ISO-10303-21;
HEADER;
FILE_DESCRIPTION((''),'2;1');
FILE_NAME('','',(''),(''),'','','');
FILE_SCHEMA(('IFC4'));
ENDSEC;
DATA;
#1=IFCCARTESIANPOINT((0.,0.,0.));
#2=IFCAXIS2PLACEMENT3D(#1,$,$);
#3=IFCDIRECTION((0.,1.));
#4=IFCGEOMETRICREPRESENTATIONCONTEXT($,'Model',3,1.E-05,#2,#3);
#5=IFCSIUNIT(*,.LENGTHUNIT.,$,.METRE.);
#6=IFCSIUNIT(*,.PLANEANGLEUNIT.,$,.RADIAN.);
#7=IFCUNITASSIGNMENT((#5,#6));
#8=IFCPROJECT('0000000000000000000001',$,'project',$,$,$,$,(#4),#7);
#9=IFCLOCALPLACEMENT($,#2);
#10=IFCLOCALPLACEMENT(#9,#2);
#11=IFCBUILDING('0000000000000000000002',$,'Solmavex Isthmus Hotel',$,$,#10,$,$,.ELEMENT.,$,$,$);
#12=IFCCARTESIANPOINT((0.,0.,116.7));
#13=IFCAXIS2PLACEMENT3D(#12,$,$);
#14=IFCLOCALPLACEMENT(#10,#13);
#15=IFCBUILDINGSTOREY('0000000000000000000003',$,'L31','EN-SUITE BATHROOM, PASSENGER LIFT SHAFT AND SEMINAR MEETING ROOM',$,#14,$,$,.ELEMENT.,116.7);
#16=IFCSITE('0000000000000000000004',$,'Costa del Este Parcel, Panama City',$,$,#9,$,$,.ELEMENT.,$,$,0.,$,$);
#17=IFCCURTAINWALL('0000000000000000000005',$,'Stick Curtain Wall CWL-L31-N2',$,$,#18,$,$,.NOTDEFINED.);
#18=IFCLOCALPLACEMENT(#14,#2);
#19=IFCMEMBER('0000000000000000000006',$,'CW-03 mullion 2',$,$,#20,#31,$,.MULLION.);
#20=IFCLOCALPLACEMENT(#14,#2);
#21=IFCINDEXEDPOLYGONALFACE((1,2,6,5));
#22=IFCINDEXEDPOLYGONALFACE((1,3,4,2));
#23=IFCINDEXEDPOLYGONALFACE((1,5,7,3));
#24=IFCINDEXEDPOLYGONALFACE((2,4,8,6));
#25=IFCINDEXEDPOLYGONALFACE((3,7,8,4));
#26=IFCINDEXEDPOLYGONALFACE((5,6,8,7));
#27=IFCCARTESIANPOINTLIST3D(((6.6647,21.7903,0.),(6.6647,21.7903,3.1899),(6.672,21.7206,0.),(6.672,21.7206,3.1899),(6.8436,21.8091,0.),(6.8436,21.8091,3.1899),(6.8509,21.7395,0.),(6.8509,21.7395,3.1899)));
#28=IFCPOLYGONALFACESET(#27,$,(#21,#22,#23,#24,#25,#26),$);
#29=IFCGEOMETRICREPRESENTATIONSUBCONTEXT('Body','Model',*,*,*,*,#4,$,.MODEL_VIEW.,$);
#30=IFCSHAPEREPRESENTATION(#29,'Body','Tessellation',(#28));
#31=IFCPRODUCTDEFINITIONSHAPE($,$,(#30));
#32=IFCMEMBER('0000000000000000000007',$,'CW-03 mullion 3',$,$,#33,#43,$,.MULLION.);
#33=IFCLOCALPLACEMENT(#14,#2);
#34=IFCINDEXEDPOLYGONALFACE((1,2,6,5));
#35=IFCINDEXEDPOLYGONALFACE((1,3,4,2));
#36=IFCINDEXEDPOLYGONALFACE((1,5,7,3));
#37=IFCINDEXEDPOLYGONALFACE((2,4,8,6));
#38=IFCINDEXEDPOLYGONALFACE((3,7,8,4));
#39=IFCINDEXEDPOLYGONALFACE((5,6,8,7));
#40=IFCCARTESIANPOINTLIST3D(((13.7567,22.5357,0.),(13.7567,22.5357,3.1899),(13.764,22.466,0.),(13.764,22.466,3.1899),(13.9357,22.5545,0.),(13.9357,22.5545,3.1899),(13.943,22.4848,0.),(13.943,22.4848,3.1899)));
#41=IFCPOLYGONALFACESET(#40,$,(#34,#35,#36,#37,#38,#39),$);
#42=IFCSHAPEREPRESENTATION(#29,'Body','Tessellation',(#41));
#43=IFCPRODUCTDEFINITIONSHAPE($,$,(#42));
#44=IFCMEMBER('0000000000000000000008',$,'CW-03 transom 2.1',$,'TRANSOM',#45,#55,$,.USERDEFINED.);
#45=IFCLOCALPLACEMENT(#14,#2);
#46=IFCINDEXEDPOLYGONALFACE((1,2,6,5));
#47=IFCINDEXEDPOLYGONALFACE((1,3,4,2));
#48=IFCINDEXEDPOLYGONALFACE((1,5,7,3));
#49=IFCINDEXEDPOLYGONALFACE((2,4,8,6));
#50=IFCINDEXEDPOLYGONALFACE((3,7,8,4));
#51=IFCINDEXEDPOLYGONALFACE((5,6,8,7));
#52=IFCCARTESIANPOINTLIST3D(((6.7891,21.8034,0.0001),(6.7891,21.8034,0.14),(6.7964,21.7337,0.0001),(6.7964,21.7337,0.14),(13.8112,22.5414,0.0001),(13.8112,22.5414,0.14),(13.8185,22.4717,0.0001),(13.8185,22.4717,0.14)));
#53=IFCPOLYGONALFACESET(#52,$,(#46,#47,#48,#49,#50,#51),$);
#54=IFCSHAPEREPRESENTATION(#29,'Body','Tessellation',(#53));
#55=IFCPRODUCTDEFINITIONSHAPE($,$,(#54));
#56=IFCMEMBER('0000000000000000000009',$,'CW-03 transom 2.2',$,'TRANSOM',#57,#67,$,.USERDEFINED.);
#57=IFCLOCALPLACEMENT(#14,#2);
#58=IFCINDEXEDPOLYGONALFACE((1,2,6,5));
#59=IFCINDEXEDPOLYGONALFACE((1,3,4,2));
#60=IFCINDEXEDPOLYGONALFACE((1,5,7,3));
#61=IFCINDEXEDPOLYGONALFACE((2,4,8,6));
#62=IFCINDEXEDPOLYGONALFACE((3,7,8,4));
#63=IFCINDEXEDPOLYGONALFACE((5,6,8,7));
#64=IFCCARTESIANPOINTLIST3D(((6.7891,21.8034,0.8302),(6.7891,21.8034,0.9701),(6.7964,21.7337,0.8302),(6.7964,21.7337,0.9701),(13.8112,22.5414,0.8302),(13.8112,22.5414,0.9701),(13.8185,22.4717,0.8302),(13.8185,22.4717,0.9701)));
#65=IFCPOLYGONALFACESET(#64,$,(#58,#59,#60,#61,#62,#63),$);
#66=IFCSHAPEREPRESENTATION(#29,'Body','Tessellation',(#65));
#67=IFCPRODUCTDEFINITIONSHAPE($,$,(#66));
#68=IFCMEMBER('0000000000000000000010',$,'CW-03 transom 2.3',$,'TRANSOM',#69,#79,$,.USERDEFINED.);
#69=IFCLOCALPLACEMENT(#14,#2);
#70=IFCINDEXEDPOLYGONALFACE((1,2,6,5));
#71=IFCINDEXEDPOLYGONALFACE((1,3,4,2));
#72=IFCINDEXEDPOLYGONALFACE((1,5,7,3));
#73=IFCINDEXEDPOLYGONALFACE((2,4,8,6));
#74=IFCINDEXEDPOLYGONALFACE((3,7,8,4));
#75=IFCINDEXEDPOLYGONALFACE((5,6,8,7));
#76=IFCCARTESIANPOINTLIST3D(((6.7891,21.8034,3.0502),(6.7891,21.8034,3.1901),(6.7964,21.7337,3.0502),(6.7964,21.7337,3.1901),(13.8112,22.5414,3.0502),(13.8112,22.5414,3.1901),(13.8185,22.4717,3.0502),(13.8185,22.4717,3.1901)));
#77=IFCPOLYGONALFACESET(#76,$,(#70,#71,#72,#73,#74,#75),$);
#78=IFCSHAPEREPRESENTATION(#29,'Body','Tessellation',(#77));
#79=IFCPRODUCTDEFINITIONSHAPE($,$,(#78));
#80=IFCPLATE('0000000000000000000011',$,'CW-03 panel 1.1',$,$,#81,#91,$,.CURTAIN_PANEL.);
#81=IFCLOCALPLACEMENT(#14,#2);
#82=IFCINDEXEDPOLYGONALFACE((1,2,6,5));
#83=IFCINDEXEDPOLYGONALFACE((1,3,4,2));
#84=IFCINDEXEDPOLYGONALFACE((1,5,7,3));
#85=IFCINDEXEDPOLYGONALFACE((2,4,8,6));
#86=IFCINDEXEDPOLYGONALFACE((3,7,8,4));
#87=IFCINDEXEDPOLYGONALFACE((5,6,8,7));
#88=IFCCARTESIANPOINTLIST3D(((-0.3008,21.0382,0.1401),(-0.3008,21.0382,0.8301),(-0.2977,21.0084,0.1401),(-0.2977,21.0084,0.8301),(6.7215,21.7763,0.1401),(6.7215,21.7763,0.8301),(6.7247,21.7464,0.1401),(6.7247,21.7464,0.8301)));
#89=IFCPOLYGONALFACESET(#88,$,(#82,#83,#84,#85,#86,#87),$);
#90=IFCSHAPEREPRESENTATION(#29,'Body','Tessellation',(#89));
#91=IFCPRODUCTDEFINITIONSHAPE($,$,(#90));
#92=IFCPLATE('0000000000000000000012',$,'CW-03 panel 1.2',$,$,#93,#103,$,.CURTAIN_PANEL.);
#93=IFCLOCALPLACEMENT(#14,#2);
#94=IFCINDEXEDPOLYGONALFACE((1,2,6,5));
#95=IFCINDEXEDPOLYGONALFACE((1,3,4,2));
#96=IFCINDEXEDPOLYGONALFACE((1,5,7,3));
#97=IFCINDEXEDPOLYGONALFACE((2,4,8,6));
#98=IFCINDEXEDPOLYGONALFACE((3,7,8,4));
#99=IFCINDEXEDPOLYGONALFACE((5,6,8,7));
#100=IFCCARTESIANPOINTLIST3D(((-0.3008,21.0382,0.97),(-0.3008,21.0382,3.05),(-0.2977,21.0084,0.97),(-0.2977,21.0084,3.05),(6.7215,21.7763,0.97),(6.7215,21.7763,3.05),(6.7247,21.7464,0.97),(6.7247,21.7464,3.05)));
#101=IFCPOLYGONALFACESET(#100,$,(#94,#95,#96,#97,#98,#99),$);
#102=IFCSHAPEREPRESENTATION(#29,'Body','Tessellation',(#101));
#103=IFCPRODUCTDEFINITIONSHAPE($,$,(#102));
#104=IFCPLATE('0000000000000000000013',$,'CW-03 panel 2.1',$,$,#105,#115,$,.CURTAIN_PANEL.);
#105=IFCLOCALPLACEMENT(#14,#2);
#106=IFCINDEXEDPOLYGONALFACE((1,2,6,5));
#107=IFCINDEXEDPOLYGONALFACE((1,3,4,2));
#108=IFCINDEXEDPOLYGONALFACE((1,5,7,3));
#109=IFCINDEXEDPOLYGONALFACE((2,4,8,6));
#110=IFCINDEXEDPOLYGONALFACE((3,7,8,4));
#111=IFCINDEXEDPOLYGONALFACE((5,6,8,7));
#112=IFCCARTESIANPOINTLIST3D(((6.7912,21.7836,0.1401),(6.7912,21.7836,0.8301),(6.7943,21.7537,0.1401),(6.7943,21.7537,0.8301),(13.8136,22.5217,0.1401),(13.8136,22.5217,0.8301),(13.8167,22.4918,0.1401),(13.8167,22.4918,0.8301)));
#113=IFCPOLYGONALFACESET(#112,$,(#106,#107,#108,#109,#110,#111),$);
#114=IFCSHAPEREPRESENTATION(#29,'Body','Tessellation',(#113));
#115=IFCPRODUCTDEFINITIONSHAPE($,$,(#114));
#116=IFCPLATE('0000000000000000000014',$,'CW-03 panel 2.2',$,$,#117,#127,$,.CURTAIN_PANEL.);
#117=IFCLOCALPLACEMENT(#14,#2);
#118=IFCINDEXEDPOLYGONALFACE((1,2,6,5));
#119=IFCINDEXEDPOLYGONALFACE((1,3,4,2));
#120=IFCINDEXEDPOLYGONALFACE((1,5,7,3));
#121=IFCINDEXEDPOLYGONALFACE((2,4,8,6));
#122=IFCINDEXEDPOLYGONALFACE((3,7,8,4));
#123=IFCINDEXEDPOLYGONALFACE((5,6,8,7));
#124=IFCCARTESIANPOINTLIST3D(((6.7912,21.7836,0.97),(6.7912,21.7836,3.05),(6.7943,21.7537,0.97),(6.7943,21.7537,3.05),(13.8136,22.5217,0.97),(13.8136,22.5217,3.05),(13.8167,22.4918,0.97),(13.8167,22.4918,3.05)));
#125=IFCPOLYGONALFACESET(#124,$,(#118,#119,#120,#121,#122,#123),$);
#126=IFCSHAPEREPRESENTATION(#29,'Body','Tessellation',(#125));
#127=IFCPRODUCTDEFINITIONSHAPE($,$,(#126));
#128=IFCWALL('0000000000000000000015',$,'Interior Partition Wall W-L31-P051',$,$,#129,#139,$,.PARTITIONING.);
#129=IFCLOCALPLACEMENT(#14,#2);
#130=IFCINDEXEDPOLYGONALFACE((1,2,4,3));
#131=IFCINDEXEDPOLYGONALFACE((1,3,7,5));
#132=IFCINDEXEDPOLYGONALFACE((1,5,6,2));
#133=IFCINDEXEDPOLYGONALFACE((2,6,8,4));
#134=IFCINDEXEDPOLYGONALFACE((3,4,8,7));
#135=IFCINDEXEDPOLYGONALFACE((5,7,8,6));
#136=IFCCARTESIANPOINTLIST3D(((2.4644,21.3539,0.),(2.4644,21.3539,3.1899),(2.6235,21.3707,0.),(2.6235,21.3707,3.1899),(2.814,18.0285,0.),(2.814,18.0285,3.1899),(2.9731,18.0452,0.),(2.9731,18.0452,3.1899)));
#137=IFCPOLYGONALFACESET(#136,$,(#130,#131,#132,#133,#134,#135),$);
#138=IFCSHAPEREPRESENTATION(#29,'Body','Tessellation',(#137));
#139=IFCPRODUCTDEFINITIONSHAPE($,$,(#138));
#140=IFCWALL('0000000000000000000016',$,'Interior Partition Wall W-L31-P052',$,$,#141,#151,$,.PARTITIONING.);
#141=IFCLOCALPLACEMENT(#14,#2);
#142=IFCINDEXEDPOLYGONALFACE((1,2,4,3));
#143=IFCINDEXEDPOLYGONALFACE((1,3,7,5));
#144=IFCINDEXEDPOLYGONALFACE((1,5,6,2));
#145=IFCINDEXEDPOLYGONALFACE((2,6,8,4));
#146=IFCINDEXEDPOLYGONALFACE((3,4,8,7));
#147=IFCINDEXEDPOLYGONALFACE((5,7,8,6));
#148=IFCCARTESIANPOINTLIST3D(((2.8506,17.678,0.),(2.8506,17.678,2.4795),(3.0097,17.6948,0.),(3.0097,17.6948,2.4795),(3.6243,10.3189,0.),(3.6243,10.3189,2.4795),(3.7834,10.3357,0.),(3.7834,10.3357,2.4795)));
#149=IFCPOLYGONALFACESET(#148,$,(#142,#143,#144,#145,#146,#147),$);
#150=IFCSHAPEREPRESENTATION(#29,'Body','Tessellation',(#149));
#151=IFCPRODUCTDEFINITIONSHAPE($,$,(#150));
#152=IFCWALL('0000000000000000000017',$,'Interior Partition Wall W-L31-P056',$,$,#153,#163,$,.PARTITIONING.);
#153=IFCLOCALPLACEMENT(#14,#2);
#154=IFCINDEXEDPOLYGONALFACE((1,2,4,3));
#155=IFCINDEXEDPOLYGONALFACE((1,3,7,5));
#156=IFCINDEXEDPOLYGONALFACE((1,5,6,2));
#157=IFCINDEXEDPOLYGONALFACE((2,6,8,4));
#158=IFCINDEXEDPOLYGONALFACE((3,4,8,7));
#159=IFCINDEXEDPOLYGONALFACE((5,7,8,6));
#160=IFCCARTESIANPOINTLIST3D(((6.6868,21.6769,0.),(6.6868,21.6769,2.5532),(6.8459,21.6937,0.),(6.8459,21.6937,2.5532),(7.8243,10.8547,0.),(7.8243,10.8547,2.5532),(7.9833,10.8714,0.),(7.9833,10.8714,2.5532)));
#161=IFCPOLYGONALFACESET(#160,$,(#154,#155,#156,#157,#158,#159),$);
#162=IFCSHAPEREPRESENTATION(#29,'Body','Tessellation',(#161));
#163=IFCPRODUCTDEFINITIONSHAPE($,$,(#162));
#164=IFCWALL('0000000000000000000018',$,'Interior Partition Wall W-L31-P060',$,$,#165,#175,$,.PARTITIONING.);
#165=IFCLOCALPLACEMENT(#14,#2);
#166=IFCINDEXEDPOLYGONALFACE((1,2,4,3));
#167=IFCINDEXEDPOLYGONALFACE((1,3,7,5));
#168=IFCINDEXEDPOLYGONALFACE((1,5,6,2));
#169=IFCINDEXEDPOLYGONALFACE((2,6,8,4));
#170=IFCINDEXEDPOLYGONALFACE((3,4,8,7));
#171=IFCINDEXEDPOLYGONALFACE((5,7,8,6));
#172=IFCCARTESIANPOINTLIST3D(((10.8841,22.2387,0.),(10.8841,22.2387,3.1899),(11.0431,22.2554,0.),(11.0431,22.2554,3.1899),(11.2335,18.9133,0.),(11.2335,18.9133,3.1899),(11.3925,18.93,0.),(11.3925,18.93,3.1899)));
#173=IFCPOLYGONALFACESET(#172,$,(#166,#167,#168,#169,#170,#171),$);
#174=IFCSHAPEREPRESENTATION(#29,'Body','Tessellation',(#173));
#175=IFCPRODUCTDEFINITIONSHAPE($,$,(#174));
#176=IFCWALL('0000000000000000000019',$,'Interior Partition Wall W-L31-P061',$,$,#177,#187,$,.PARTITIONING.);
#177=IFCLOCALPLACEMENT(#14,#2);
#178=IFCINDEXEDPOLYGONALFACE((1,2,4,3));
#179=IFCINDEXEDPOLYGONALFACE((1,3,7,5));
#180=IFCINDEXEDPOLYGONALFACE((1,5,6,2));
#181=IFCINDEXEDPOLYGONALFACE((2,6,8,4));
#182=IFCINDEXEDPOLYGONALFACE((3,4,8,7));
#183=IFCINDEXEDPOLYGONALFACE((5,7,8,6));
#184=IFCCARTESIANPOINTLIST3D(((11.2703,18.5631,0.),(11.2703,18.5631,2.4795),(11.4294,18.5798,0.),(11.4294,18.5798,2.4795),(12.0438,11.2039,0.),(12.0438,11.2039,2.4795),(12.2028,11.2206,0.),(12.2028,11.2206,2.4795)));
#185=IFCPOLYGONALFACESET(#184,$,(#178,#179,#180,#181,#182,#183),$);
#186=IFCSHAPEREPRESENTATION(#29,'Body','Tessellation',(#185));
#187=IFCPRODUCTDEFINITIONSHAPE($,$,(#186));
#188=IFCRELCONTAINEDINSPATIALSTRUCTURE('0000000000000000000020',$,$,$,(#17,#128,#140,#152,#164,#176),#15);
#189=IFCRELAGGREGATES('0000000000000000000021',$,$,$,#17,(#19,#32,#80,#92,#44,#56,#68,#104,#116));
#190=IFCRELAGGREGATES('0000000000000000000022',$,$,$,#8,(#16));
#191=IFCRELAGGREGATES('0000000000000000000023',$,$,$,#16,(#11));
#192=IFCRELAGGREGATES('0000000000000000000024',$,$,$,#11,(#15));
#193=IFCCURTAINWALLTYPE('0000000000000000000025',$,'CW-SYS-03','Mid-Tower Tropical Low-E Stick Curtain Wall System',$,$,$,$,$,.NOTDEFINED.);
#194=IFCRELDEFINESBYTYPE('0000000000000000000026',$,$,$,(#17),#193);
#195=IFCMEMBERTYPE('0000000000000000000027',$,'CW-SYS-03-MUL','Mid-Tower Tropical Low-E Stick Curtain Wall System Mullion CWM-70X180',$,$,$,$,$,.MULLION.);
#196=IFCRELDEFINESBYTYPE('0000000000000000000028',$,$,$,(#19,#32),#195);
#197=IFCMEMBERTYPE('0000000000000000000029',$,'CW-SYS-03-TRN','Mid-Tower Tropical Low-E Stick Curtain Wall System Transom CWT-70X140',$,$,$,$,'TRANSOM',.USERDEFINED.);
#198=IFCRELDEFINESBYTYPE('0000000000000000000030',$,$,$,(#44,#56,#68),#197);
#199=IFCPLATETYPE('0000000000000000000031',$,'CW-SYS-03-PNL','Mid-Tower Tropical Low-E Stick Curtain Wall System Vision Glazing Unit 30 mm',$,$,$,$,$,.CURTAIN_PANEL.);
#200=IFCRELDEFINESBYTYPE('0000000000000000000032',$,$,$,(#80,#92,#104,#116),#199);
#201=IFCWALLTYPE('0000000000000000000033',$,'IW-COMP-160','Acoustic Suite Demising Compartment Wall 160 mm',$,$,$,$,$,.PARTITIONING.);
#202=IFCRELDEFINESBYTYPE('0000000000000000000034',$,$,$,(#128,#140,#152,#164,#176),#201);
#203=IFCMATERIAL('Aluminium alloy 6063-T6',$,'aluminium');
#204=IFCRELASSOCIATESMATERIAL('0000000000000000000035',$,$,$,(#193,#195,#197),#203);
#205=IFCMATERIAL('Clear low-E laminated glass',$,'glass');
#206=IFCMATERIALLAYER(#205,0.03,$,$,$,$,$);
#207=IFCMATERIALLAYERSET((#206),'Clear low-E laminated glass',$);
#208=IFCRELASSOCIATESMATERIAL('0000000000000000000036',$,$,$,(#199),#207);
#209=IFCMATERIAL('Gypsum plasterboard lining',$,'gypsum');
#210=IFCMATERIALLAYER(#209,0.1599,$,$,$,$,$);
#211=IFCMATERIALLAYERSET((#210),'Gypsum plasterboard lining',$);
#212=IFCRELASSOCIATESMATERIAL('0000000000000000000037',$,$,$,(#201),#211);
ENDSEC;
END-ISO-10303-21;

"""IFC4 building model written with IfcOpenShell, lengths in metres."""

from ifc_helpers import new_model, si_unit, direction, frame, frame_2d, origin, origin_2d, place, context, subcontext, project, spatial, rectangle, extrude, material, layer, layer_set, material_profile, profile_set, type_object, element, aggregate, save


model = new_model("IFC4")

# Units and contexts
model_context = context("Model", 3, precision=1e-05, world=origin(), true_north=direction((0.0, 1.0)))
body_context = subcontext(model_context, "Body", "Model", "MODEL_VIEW")
ifc_project = project(units=[si_unit("LENGTHUNIT", "METRE"), si_unit("PLANEANGLEUNIT", "RADIAN")], contexts=[model_context])

# Site, building, storey
site_placement = place(None, origin())
site = spatial("IfcSite", under=ifc_project, at=site_placement, Name="Costa del Este Parcel, Panama City", CompositionType="ELEMENT", RefElevation=0.0)
building_placement = place(site_placement, origin())
building = spatial("IfcBuilding", under=site, at=building_placement, Name="Solmavex Isthmus Hotel", CompositionType="ELEMENT")
storey_placement = place(building_placement, frame((0.0, 0.0, 116.7)))
storey = spatial("IfcBuildingStorey", under=building, at=storey_placement, Name="L31", Description="EN-SUITE BATHROOM, PASSENGER LIFT SHAFT AND SEMINAR MEETING ROOM", CompositionType="ELEMENT", Elevation=116.7)

# Curtain wall, members, plates
ifc_material_1 = material(Name="Aluminium alloy 6063-T6", Category="aluminium")
curtain_wall_type = type_object("IfcCurtainWallType", Name="CW-SYS-03", Description="Mid-Tower Tropical Low-E Stick Curtain Wall System", PredefinedType="NOTDEFINED", material=ifc_material_1)
curtain_wall_placement = place(storey_placement, origin())
curtain_wall = element("IfcCurtainWall", 1, at=curtain_wall_placement, inside=storey, type_object=curtain_wall_type, Name="Stick Curtain Wall CWL-L31-N2", PredefinedType="NOTDEFINED")
ifc_material_profile_1 = material_profile(ifc_material_1, rectangle(XDim=0.0701, YDim=0.1799, at=origin_2d()), Name="CWM-70X180")
ifc_profile_set_1 = profile_set([ifc_material_profile_1], Name="Aluminium alloy 6063-T6")
member_type_1 = type_object("IfcMemberType", Name="CW-SYS-03-MUL", Description="Mid-Tower Tropical Low-E Stick Curtain Wall System Mullion CWM-70X180", PredefinedType="MULLION", material=ifc_profile_set_1)
member_1_placement = place(storey_placement, frame((6.7578, 21.7649, 0.0), z_axis=(0.0, 0.0, 1.0), x_axis=(-0.104529, 0.994522, 0.0)))
member_1 = element("IfcMember", 2, at=member_1_placement, type_object=member_type_1, Name="CW-03 mullion 2", PredefinedType="MULLION", context=body_context, shape_type="SweptSolid", body=[
    extrude(rectangle(XDim=0.0701, YDim=0.1799, at=origin_2d()), origin(), (0.0, 0.0, 1.0), 3.1899),
])
member_2_placement = place(storey_placement, frame((13.8499, 22.5103, 0.0), z_axis=(0.0, 0.0, 1.0), x_axis=(-0.104529, 0.994522, 0.0)))
member_2 = element("IfcMember", 3, at=member_2_placement, type_object=member_type_1, Name="CW-03 mullion 3", PredefinedType="MULLION", context=body_context, shape_type="SweptSolid", body=[
    extrude(rectangle(XDim=0.0701, YDim=0.1799, at=origin_2d()), origin(), (0.0, 0.0, 1.0), 3.1899),
])
ifc_material_profile_2 = material_profile(ifc_material_1, rectangle(XDim=0.0701, YDim=0.1399, at=origin_2d()), Name="CWT-70X140")
ifc_profile_set_2 = profile_set([ifc_material_profile_2], Name="Aluminium alloy 6063-T6")
member_type_2 = type_object("IfcMemberType", Name="CW-SYS-03-TRN", Description="Mid-Tower Tropical Low-E Stick Curtain Wall System Transom CWT-70X140", ElementType="TRANSOM", PredefinedType="USERDEFINED", material=ifc_profile_set_2)
member_3_placement = place(storey_placement, frame((6.7927, 21.7686, 0.0701), z_axis=(0.994522, 0.104525, 0.0), x_axis=(-0.104525, 0.994522, 0.0)))
member_3 = element("IfcMember", 4, at=member_3_placement, type_object=member_type_2, Name="CW-03 transom 2.1", ObjectType="TRANSOM", PredefinedType="USERDEFINED", context=body_context, shape_type="SweptSolid", body=[
    extrude(rectangle(XDim=0.0701, YDim=0.1399, at=origin_2d()), origin(), (0.0, 0.0, 1.0), 7.0608),
])
member_4_placement = place(storey_placement, frame((6.7927, 21.7686, 0.9001), z_axis=(0.994522, 0.104525, 0.0), x_axis=(-0.104525, 0.994522, 0.0)))
member_4 = element("IfcMember", 5, at=member_4_placement, type_object=member_type_2, Name="CW-03 transom 2.2", ObjectType="TRANSOM", PredefinedType="USERDEFINED", context=body_context, shape_type="SweptSolid", body=[
    extrude(rectangle(XDim=0.0701, YDim=0.1399, at=origin_2d()), origin(), (0.0, 0.0, 1.0), 7.0608),
])
member_5_placement = place(storey_placement, frame((6.7927, 21.7686, 3.1201), z_axis=(0.994522, 0.104525, 0.0), x_axis=(-0.104525, 0.994522, 0.0)))
member_5 = element("IfcMember", 6, at=member_5_placement, type_object=member_type_2, Name="CW-03 transom 2.3", ObjectType="TRANSOM", PredefinedType="USERDEFINED", context=body_context, shape_type="SweptSolid", body=[
    extrude(rectangle(XDim=0.0701, YDim=0.1399, at=origin_2d()), origin(), (0.0, 0.0, 1.0), 7.0608),
])
ifc_material_2 = material(Name="Clear low-E laminated glass", Category="glass")
ifc_layer_1 = layer(ifc_material_2, 0.03)
ifc_layer_set_1 = layer_set([ifc_layer_1], Name="Clear low-E laminated glass")
plate_type = type_object("IfcPlateType", Name="CW-SYS-03-PNL", Description="Mid-Tower Tropical Low-E Stick Curtain Wall System Vision Glazing Unit 30 mm", PredefinedType="CURTAIN_PANEL", material=ifc_layer_set_1)
plate_1_placement = place(storey_placement, frame((3.2119, 21.3923, 0.1401), z_axis=(0.0, 0.0, 1.0), x_axis=(0.994522, 0.104529, 0.0)))
plate_1 = element("IfcPlate", 7, at=plate_1_placement, type_object=plate_type, Name="CW-03 panel 1.1", PredefinedType="CURTAIN_PANEL", context=body_context, shape_type="SweptSolid", body=[
    extrude(rectangle(XDim=7.061, YDim=0.03, at=origin_2d()), origin(), (0.0, 0.0, 1.0), 0.6899),
])
plate_2_placement = place(storey_placement, frame((3.2119, 21.3923, 0.97), z_axis=(0.0, 0.0, 1.0), x_axis=(0.994522, 0.104529, 0.0)))
plate_2 = element("IfcPlate", 8, at=plate_2_placement, type_object=plate_type, Name="CW-03 panel 1.2", PredefinedType="CURTAIN_PANEL", context=body_context, shape_type="SweptSolid", body=[
    extrude(rectangle(XDim=7.061, YDim=0.03, at=origin_2d()), origin(), (0.0, 0.0, 1.0), 2.0801),
])
plate_3_placement = place(storey_placement, frame((10.304, 22.1377, 0.1401), z_axis=(0.0, 0.0, 1.0), x_axis=(0.994522, 0.104529, 0.0)))
plate_3 = element("IfcPlate", 9, at=plate_3_placement, type_object=plate_type, Name="CW-03 panel 2.1", PredefinedType="CURTAIN_PANEL", context=body_context, shape_type="SweptSolid", body=[
    extrude(rectangle(XDim=7.061, YDim=0.03, at=origin_2d()), origin(), (0.0, 0.0, 1.0), 0.6899),
])
plate_4_placement = place(storey_placement, frame((10.304, 22.1377, 0.97), z_axis=(0.0, 0.0, 1.0), x_axis=(0.994522, 0.104529, 0.0)))
plate_4 = element("IfcPlate", 10, at=plate_4_placement, type_object=plate_type, Name="CW-03 panel 2.2", PredefinedType="CURTAIN_PANEL", context=body_context, shape_type="SweptSolid", body=[
    extrude(rectangle(XDim=7.061, YDim=0.03, at=origin_2d()), origin(), (0.0, 0.0, 1.0), 2.0801),
])
aggregate(curtain_wall, [member_1, member_2, plate_1, plate_2, member_3, member_4, member_5, plate_3, plate_4])

# Walls
ifc_material_3 = material(Name="Gypsum plasterboard lining", Category="gypsum")
ifc_layer_2 = layer(ifc_material_3, 0.1599)
ifc_layer_set_2 = layer_set([ifc_layer_2], Name="Gypsum plasterboard lining")
wall_type_1 = type_object("IfcWallType", Name="IW-COMP-160", Description="Acoustic Suite Demising Compartment Wall 160 mm", PredefinedType="PARTITIONING", material=ifc_layer_set_2)
wall_1_placement = place(storey_placement, frame((2.5439, 21.3623, 0.0), z_axis=(0.0, 0.0, 1.0), x_axis=(0.104556, -0.994519, 0.0)))
element("IfcWall", 11, at=wall_1_placement, inside=storey, type_object=wall_type_1, Name="Interior Partition Wall W-L31-P051", PredefinedType="PARTITIONING", context=body_context, shape_type="SweptSolid", body=[
    extrude(rectangle(XDim=3.3438, YDim=0.1599, at=frame_2d((1.6719, 0.0))), origin(), (0.0, 0.0, 1.0), 3.1899),
])
wall_2_placement = place(storey_placement, frame((2.9302, 17.6863, 0.0), z_axis=(0.0, 0.0, 1.0), x_axis=(0.104556, -0.994519, 0.0)))
element("IfcWall", 12, at=wall_2_placement, inside=storey, type_object=wall_type_1, Name="Interior Partition Wall W-L31-P052", PredefinedType="PARTITIONING", context=body_context, shape_type="SweptSolid", body=[
    extrude(rectangle(XDim=7.3997, YDim=0.1599, at=frame_2d((3.6997, 0.0))), origin(), (0.0, 0.0, 1.0), 2.4795),
])
wall_3_placement = place(storey_placement, frame((6.7664, 21.6853, 0.0), z_axis=(0.0, 0.0, 1.0), x_axis=(0.104527, -0.994522, 0.0)))
element("IfcWall", 13, at=wall_3_placement, inside=storey, type_object=wall_type_1, Name="Interior Partition Wall W-L31-P056", PredefinedType="PARTITIONING", context=body_context, shape_type="SweptSolid", body=[
    extrude(rectangle(XDim=10.8818, YDim=0.1599, at=frame_2d((5.4409, 0.0))), origin(), (0.0, 0.0, 1.0), 2.5532),
])
wall_4_placement = place(storey_placement, frame((10.9636, 22.2471, 0.0), z_axis=(0.0, 0.0, 1.0), x_axis=(0.104483, -0.994527, 0.0)))
element("IfcWall", 14, at=wall_4_placement, inside=storey, type_object=wall_type_1, Name="Interior Partition Wall W-L31-P060", PredefinedType="PARTITIONING", context=body_context, shape_type="SweptSolid", body=[
    extrude(rectangle(XDim=3.3438, YDim=0.1599, at=frame_2d((1.6719, 0.0))), origin(), (0.0, 0.0, 1.0), 3.1899),
])
wall_5_placement = place(storey_placement, frame((11.3499, 18.5713, 0.0), z_axis=(0.0, 0.0, 1.0), x_axis=(0.104523, -0.994522, 0.0)))
element("IfcWall", 15, at=wall_5_placement, inside=storey, type_object=wall_type_1, Name="Interior Partition Wall W-L31-P061", PredefinedType="PARTITIONING", context=body_context, shape_type="SweptSolid", body=[
    extrude(rectangle(XDim=7.3997, YDim=0.1599, at=frame_2d((3.6997, 0.0))), origin(), (0.0, 0.0, 1.0), 2.4795),
])

save(model, "model.ifc")
